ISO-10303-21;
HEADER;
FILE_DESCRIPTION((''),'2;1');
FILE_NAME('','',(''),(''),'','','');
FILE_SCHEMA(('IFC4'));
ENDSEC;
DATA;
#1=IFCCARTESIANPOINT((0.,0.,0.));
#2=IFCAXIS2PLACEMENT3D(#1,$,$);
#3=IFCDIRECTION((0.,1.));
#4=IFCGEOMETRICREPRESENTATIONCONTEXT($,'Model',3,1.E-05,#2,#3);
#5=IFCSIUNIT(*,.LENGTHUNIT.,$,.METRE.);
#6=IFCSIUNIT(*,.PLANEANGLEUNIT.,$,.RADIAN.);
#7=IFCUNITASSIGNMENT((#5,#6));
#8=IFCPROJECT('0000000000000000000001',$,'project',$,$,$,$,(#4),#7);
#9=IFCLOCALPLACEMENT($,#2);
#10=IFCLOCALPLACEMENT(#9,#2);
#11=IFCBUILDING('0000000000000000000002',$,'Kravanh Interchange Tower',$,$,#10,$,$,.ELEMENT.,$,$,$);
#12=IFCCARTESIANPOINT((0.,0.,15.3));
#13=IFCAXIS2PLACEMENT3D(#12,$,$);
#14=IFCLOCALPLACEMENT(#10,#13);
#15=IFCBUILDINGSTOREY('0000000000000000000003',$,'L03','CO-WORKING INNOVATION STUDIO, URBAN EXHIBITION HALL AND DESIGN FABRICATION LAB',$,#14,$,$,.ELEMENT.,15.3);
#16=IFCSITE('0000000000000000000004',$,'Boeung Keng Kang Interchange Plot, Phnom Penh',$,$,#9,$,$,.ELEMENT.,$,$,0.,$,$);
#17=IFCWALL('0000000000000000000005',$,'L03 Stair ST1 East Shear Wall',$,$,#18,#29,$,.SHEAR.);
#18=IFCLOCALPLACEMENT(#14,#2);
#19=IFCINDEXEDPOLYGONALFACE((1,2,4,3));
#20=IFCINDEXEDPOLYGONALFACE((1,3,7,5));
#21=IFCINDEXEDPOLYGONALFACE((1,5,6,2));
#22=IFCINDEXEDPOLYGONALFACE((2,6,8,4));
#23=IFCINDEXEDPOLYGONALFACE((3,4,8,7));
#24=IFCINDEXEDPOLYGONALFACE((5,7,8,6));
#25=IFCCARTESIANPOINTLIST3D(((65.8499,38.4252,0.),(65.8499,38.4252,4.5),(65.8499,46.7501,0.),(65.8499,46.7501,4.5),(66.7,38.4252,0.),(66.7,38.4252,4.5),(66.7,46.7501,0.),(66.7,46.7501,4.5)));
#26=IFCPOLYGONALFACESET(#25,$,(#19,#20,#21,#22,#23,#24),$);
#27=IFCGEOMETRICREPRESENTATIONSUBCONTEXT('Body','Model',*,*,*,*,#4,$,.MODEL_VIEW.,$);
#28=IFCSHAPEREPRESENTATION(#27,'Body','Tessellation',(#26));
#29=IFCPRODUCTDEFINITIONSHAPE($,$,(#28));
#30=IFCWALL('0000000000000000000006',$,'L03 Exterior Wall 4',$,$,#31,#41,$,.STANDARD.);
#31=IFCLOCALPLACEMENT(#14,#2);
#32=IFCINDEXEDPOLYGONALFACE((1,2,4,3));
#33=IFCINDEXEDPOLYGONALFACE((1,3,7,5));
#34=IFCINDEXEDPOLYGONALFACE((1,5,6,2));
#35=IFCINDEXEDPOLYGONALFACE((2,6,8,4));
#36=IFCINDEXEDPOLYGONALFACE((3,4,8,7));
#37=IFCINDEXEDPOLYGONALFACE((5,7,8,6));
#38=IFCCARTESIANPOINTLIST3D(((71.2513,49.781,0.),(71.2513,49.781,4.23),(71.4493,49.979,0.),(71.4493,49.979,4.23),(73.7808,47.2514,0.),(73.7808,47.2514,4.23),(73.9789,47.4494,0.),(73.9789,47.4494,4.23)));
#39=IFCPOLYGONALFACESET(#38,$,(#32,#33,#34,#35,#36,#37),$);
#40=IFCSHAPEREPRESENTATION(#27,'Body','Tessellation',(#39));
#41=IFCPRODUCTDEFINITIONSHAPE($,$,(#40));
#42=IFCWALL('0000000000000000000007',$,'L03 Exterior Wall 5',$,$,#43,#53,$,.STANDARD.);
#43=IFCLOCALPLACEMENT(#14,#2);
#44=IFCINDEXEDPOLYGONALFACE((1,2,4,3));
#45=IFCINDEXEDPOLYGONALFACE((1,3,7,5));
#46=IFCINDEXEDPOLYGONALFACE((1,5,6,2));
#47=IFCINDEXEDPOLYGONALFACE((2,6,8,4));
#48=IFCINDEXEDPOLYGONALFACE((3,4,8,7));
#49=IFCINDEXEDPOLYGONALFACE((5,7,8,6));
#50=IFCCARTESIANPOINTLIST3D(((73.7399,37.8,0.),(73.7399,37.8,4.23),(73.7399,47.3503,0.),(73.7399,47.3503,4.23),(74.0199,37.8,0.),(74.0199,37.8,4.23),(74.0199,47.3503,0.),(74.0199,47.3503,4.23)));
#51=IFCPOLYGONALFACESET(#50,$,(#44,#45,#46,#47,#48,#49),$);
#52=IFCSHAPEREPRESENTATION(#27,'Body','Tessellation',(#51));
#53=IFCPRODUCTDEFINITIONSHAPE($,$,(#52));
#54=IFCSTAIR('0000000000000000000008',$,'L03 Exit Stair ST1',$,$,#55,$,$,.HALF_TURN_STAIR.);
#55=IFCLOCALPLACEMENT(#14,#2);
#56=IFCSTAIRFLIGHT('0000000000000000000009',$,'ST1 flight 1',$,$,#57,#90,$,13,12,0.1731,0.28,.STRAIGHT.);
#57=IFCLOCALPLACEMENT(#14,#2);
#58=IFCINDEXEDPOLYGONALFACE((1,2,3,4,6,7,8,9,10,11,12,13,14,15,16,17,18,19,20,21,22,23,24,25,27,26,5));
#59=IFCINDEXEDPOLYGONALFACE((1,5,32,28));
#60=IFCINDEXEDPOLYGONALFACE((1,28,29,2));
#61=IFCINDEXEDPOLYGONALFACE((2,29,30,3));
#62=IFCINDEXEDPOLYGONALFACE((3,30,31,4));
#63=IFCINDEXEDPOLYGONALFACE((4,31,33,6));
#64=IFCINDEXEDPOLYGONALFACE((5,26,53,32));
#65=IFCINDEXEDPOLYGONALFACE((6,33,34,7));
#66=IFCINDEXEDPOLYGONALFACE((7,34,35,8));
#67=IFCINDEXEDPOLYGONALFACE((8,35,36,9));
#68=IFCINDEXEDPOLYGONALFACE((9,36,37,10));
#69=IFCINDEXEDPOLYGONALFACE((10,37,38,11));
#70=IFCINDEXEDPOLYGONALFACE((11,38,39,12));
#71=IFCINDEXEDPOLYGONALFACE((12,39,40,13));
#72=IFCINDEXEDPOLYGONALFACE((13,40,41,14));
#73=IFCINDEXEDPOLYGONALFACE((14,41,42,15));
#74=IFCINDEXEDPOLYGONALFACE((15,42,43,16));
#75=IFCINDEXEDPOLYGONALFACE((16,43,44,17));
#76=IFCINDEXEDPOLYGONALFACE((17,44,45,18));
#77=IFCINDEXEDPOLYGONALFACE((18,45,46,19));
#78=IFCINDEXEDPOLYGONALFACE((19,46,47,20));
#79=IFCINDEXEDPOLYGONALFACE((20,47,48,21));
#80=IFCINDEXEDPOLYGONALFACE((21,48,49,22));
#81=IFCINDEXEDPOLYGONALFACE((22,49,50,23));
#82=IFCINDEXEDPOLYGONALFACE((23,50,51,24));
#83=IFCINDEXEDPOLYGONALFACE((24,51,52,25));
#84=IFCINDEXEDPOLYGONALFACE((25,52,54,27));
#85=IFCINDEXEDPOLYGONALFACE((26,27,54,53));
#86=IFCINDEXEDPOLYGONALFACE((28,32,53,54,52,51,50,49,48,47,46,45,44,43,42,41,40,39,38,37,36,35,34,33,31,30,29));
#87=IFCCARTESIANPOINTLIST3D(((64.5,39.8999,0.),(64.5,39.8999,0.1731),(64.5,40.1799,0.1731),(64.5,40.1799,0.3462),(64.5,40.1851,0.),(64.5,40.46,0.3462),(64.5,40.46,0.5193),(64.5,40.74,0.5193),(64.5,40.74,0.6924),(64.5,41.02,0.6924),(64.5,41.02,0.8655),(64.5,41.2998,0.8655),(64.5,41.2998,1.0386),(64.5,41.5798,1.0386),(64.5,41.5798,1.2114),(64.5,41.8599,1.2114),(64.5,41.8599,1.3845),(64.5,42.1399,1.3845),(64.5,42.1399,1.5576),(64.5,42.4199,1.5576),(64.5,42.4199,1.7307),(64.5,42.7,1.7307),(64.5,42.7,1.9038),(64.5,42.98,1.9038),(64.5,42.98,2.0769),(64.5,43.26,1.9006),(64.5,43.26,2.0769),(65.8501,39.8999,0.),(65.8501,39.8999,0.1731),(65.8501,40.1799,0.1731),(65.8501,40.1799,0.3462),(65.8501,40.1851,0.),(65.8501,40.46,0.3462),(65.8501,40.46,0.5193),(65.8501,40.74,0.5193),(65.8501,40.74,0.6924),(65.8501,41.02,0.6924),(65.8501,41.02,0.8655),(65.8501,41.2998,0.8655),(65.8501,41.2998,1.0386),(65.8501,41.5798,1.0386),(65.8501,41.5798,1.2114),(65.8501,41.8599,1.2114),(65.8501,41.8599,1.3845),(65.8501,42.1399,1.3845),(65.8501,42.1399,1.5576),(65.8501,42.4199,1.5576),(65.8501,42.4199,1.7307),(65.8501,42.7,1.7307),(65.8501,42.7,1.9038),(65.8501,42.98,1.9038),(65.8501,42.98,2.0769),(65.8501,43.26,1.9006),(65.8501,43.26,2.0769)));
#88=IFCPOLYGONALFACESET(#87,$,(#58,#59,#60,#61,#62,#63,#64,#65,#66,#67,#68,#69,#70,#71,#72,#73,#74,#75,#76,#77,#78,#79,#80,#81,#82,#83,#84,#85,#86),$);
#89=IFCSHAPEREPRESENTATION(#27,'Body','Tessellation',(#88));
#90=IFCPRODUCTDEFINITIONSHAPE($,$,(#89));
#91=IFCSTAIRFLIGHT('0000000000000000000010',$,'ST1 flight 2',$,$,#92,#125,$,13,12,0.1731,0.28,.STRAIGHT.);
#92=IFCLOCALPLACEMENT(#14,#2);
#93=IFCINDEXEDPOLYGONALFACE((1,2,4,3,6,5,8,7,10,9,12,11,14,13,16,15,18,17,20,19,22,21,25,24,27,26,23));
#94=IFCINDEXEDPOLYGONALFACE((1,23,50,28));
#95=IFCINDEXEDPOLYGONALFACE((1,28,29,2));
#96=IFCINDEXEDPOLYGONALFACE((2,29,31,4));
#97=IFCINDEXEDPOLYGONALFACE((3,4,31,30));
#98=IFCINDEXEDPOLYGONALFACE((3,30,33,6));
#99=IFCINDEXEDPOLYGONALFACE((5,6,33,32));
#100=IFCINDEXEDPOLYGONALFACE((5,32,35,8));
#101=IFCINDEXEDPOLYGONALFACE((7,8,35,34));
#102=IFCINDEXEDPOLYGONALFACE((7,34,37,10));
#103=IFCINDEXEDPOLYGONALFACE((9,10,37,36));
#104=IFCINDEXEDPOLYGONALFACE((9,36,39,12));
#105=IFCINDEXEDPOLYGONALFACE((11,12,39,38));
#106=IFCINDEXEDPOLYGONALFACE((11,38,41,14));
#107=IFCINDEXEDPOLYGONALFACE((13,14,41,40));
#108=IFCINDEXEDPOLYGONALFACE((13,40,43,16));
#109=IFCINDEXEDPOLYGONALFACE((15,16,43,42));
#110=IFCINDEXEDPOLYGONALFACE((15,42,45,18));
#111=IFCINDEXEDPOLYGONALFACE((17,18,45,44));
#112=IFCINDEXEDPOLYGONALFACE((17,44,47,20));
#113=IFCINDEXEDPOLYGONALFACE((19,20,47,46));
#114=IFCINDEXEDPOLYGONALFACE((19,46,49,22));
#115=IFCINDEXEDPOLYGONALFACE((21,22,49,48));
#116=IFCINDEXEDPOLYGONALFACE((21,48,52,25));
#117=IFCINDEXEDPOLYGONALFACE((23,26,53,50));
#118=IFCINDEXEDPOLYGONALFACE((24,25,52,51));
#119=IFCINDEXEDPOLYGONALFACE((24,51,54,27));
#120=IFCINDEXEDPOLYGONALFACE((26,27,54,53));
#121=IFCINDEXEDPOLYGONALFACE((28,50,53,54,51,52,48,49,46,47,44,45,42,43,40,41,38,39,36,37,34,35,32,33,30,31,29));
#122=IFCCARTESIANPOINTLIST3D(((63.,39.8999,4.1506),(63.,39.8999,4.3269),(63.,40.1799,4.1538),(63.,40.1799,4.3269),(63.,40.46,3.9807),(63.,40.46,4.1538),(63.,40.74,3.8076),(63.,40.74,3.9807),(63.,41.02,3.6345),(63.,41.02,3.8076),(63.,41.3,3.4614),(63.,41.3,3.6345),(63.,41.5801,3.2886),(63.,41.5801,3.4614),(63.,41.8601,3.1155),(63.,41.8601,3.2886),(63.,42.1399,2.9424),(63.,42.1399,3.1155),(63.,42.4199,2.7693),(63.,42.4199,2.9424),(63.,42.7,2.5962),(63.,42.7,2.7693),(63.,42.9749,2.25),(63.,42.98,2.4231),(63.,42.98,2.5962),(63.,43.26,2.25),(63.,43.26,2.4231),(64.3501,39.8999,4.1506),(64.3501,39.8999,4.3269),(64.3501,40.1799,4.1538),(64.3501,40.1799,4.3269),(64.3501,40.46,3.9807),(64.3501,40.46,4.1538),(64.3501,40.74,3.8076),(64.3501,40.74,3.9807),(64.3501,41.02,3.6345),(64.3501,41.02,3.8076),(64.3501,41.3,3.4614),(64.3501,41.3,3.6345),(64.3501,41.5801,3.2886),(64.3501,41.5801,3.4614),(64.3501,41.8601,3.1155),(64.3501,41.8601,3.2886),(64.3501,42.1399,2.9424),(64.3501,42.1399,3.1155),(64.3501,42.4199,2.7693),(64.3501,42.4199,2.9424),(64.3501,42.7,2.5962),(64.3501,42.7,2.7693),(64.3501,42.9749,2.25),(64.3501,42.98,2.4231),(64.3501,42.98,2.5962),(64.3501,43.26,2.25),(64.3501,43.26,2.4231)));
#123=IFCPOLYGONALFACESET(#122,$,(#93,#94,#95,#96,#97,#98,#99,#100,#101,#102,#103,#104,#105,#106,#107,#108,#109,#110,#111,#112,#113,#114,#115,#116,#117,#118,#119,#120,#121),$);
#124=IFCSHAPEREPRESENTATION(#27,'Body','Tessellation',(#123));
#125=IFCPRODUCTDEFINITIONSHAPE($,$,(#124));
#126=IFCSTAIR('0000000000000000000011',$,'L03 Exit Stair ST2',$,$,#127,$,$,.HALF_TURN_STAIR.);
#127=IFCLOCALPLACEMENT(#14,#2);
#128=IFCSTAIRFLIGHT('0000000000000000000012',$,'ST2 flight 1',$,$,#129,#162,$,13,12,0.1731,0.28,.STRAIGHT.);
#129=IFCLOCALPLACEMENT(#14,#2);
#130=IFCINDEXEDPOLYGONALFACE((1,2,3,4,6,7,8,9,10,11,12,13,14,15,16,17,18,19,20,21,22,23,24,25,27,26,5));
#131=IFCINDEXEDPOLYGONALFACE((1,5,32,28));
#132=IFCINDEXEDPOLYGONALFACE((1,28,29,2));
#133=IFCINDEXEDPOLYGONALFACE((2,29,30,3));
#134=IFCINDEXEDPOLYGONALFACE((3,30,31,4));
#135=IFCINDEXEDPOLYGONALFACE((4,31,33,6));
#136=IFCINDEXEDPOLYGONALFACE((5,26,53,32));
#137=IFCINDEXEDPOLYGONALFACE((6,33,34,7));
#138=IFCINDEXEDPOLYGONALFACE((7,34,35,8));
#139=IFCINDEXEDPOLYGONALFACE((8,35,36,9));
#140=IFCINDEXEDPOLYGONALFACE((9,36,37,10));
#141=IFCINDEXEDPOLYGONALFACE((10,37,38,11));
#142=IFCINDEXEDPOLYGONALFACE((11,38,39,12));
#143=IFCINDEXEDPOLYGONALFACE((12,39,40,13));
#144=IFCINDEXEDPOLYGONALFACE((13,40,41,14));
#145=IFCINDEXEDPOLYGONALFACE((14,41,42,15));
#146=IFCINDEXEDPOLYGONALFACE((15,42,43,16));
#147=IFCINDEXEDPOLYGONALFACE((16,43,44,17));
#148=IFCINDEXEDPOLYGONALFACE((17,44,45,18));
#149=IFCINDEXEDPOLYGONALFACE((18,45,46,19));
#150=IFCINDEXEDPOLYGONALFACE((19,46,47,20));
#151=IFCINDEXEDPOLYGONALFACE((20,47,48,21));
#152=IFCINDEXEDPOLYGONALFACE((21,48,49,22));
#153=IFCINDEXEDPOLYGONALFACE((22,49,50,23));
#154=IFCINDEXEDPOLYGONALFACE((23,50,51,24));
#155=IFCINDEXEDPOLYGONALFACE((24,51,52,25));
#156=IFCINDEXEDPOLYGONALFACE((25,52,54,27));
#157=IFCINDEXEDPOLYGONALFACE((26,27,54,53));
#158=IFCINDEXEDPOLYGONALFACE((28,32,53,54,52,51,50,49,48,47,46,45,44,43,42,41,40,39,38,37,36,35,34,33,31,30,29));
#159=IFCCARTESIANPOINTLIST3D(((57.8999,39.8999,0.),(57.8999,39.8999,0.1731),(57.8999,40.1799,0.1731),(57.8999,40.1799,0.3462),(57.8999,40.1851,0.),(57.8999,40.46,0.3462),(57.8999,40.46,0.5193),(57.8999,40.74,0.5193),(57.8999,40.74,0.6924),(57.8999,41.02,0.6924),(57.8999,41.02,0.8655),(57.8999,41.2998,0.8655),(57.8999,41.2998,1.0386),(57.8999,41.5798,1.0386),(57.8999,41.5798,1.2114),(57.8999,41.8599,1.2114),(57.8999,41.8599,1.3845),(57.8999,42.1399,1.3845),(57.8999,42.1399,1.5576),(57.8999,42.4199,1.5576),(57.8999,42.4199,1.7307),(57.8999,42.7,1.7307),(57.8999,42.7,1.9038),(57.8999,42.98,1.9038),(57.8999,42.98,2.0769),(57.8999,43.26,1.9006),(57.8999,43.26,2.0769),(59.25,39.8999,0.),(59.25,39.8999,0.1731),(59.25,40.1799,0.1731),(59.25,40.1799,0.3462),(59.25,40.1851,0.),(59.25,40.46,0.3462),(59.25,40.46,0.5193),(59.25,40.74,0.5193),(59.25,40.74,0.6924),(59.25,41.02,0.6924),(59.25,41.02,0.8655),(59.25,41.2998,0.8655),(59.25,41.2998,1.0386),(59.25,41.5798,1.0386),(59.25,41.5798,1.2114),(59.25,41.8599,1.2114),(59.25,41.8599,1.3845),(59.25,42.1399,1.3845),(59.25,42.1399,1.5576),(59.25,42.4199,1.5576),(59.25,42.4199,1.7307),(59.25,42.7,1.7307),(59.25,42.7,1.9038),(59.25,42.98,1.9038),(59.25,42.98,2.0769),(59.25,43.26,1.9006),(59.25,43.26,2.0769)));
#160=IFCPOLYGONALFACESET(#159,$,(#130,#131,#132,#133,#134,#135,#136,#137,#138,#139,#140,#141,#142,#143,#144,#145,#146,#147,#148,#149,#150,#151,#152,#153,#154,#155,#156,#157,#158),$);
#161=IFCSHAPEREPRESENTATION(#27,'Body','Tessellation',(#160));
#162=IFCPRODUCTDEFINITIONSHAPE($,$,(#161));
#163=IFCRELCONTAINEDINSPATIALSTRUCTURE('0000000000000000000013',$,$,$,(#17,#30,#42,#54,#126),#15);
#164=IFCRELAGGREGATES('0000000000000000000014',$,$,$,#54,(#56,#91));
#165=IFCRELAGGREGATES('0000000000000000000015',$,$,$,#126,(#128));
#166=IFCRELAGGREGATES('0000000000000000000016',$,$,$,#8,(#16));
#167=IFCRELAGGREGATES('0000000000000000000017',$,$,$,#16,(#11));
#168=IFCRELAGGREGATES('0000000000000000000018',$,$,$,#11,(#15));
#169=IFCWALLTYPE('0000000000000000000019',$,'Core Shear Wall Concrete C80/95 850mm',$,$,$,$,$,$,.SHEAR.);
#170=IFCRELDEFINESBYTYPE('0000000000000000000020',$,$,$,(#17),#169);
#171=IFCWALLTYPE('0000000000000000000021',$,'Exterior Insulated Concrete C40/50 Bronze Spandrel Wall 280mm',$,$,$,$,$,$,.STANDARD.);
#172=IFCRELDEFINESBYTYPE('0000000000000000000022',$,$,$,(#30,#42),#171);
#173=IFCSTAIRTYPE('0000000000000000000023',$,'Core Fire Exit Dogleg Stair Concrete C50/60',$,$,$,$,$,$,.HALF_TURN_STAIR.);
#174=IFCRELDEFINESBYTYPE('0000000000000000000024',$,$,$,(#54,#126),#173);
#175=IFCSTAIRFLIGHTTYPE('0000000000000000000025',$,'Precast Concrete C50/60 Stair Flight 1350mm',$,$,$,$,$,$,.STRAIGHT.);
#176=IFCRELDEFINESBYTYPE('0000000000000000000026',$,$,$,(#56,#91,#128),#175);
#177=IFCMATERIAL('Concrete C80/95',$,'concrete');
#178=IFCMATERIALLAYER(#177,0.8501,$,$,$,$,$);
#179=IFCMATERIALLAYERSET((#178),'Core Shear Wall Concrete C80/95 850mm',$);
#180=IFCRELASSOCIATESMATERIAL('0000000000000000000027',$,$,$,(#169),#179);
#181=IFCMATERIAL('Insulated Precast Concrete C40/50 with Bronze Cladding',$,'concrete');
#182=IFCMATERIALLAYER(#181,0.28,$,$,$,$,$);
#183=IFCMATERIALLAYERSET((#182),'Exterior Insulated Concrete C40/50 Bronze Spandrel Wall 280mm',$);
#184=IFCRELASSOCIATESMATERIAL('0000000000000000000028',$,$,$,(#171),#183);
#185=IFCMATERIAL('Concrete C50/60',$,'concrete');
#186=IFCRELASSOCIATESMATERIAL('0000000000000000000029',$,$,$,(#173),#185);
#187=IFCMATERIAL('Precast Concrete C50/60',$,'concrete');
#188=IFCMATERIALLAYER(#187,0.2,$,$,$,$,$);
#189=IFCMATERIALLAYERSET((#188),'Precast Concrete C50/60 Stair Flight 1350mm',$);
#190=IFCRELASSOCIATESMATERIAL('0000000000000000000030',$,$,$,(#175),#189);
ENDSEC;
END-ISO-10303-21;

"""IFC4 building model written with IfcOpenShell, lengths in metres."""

from ifc_helpers import new_model, si_unit, direction, frame, frame_2d, origin, place, context, subcontext, project, spatial, polyline, rectangle, outline, extrude, material, layer, layer_set, type_object, element, aggregate, save


model = new_model("IFC4")

# Units and contexts
model_context = context("Model", 3, precision=1e-05, world=origin(), true_north=direction((0.0, 1.0)))
body_context = subcontext(model_context, "Body", "Model", "MODEL_VIEW")
ifc_project = project(units=[si_unit("LENGTHUNIT", "METRE"), si_unit("PLANEANGLEUNIT", "RADIAN")], contexts=[model_context])

# Site, building, storey
site_placement = place(None, origin())
site = spatial("IfcSite", under=ifc_project, at=site_placement, Name="Boeung Keng Kang Interchange Plot, Phnom Penh", CompositionType="ELEMENT", RefElevation=0.0)
building_placement = place(site_placement, origin())
building = spatial("IfcBuilding", under=site, at=building_placement, Name="Kravanh Interchange Tower", CompositionType="ELEMENT")
storey_placement = place(building_placement, frame((0.0, 0.0, 15.3)))
storey = spatial("IfcBuildingStorey", under=building, at=storey_placement, Name="L03", Description="CO-WORKING INNOVATION STUDIO, URBAN EXHIBITION HALL AND DESIGN FABRICATION LAB", CompositionType="ELEMENT", Elevation=15.3)

# Walls
ifc_material_1 = material(Name="Concrete C80/95", Category="concrete")
ifc_layer_1 = layer(ifc_material_1, 0.8501)
ifc_layer_set_1 = layer_set([ifc_layer_1], Name="Core Shear Wall Concrete C80/95 850mm")
wall_type_1 = type_object("IfcWallType", Name="Core Shear Wall Concrete C80/95 850mm", PredefinedType="SHEAR", material=ifc_layer_set_1)
wall_1_placement = place(storey_placement, frame((66.2749, 38.425, 0.0), z_axis=(0.0, 0.0, 1.0), x_axis=(0.0, 1.0, 0.0)))
element("IfcWall", 1, at=wall_1_placement, inside=storey, type_object=wall_type_1, Name="L03 Stair ST1 East Shear Wall", PredefinedType="SHEAR", context=body_context, shape_type="SweptSolid", body=[
    extrude(rectangle(XDim=8.325, YDim=0.8501, at=frame_2d((4.1626, 0.0))), origin(), (0.0, 0.0, 1.0), 4.5),
])
ifc_material_2 = material(Name="Insulated Precast Concrete C40/50 with Bronze Cladding", Category="concrete")
ifc_layer_2 = layer(ifc_material_2, 0.28)
ifc_layer_set_2 = layer_set([ifc_layer_2], Name="Exterior Insulated Concrete C40/50 Bronze Spandrel Wall 280mm")
wall_type_2 = type_object("IfcWallType", Name="Exterior Insulated Concrete C40/50 Bronze Spandrel Wall 280mm", PredefinedType="STANDARD", material=ifc_layer_set_2)
wall_2_placement = place(storey_placement, frame((71.3503, 49.8799, 0.0), z_axis=(0.0, 0.0, 1.0), x_axis=(0.707107, -0.707107, 0.0)))
element("IfcWall", 2, at=wall_2_placement, inside=storey, type_object=wall_type_2, Name="L03 Exterior Wall 4", PredefinedType="STANDARD", context=body_context, shape_type="SweptSolid", body=[
    extrude(rectangle(XDim=3.5774, YDim=0.28, at=frame_2d((1.7886, 0.0))), origin(), (0.0, 0.0, 1.0), 4.23),
])
wall_3_placement = place(storey_placement, frame((73.8799, 47.3503, 0.0), z_axis=(0.0, 0.0, 1.0), x_axis=(0.0, -1.0, 0.0)))
element("IfcWall", 3, at=wall_3_placement, inside=storey, type_object=wall_type_2, Name="L03 Exterior Wall 5", PredefinedType="STANDARD", context=body_context, shape_type="SweptSolid", body=[
    extrude(rectangle(XDim=9.5503, YDim=0.28, at=frame_2d((4.7751, 0.0))), origin(), (0.0, 0.0, 1.0), 4.23),
])

# Stairs, stair flights
ifc_material_3 = material(Name="Concrete C50/60", Category="concrete")
stair_type = type_object("IfcStairType", Name="Core Fire Exit Dogleg Stair Concrete C50/60", PredefinedType="HALF_TURN_STAIR", material=ifc_material_3)
stair_1_placement = place(storey_placement, origin())
stair_1 = element("IfcStair", 4, at=stair_1_placement, inside=storey, type_object=stair_type, Name="L03 Exit Stair ST1", PredefinedType="HALF_TURN_STAIR")
ifc_material_4 = material(Name="Precast Concrete C50/60", Category="concrete")
ifc_layer_3 = layer(ifc_material_4, 0.2)
ifc_layer_set_3 = layer_set([ifc_layer_3], Name="Precast Concrete C50/60 Stair Flight 1350mm")
stair_flight_type = type_object("IfcStairFlightType", Name="Precast Concrete C50/60 Stair Flight 1350mm", PredefinedType="STRAIGHT", material=ifc_layer_set_3)
stair_flight_1_placement = place(storey_placement, frame((65.175, 39.8999, 0.0), z_axis=(0.0, 0.0, 1.0), x_axis=(0.0, 1.0, 0.0)))
stair_flight_1 = element("IfcStairFlight", 5, at=stair_flight_1_placement, type_object=stair_flight_type, Name="ST1 flight 1", NumberOfRisers=13, NumberOfTreads=12, PredefinedType="STRAIGHT", RiserHeight=0.1731, TreadLength=0.28, context=body_context, shape_type="SweptSolid", body=[
    extrude(outline(polyline([(0.0, 0.0), (0.0, 0.1731), (0.28, 0.1731), (0.28, 0.3462), (0.5601, 0.3462), (0.5601, 0.5193), (0.8401, 0.5193), (0.8401, 0.6924), (1.1201, 0.6924), (1.1201, 0.8655), (1.3999, 0.8655), (1.3999, 1.0386), (1.6799, 1.0386), (1.6799, 1.2114), (1.96, 1.2114), (1.96, 1.3845), (2.24, 1.3845), (2.24, 1.5576), (2.52, 1.5576), (2.52, 1.7307), (2.8, 1.7307), (2.8, 1.9038), (3.0801, 1.9038), (3.0801, 2.0769), (3.3601, 2.0769), (3.3601, 2.25), (3.3601, 1.9006), (0.2852, 0.0), (0.0, 0.0)])), frame((0.0, 0.675, 0.0), z_axis=(0.0, -1.0, 0.0), x_axis=(1.0, 0.0, 0.0)), (0.0, 0.0, 1.0), 1.3501),
])
stair_flight_2_placement = place(storey_placement, frame((63.675, 43.26, 2.25), z_axis=(0.0, 0.0, 1.0), x_axis=(0.0, -1.0, 0.0)))
stair_flight_2 = element("IfcStairFlight", 6, at=stair_flight_2_placement, type_object=stair_flight_type, Name="ST1 flight 2", NumberOfRisers=13, NumberOfTreads=12, PredefinedType="STRAIGHT", RiserHeight=0.1731, TreadLength=0.28, context=body_context, shape_type="SweptSolid", body=[
    extrude(outline(polyline([(0.0, 0.0), (0.0, 0.1731), (0.28, 0.1731), (0.28, 0.3462), (0.5601, 0.3462), (0.5601, 0.5193), (0.8401, 0.5193), (0.8401, 0.6924), (1.1201, 0.6924), (1.1201, 0.8655), (1.3999, 0.8655), (1.3999, 1.0386), (1.6799, 1.0386), (1.6799, 1.2114), (1.96, 1.2114), (1.96, 1.3845), (2.24, 1.3845), (2.24, 1.5576), (2.52, 1.5576), (2.52, 1.7307), (2.8, 1.7307), (2.8, 1.9038), (3.0801, 1.9038), (3.0801, 2.0769), (3.3601, 2.0769), (3.3601, 2.25), (3.3601, 1.9006), (0.2852, 0.0), (0.0, 0.0)])), frame((0.0, 0.675, 0.0), z_axis=(0.0, -1.0, 0.0), x_axis=(1.0, 0.0, 0.0)), (0.0, 0.0, 1.0), 1.3501),
])
aggregate(stair_1, [stair_flight_1, stair_flight_2])
stair_2_placement = place(storey_placement, origin())
stair_2 = element("IfcStair", 7, at=stair_2_placement, inside=storey, type_object=stair_type, Name="L03 Exit Stair ST2", PredefinedType="HALF_TURN_STAIR")
stair_flight_3_placement = place(storey_placement, frame((58.575, 39.8999, 0.0), z_axis=(0.0, 0.0, 1.0), x_axis=(0.0, 1.0, 0.0)))
stair_flight_3 = element("IfcStairFlight", 8, at=stair_flight_3_placement, type_object=stair_flight_type, Name="ST2 flight 1", NumberOfRisers=13, NumberOfTreads=12, PredefinedType="STRAIGHT", RiserHeight=0.1731, TreadLength=0.28, context=body_context, shape_type="SweptSolid", body=[
    extrude(outline(polyline([(0.0, 0.0), (0.0, 0.1731), (0.28, 0.1731), (0.28, 0.3462), (0.5601, 0.3462), (0.5601, 0.5193), (0.8401, 0.5193), (0.8401, 0.6924), (1.1201, 0.6924), (1.1201, 0.8655), (1.3999, 0.8655), (1.3999, 1.0386), (1.6799, 1.0386), (1.6799, 1.2114), (1.96, 1.2114), (1.96, 1.3845), (2.24, 1.3845), (2.24, 1.5576), (2.52, 1.5576), (2.52, 1.7307), (2.8, 1.7307), (2.8, 1.9038), (3.0801, 1.9038), (3.0801, 2.0769), (3.3601, 2.0769), (3.3601, 2.25), (3.3601, 1.9006), (0.2852, 0.0), (0.0, 0.0)])), frame((0.0, 0.675, 0.0), z_axis=(0.0, -1.0, 0.0), x_axis=(1.0, 0.0, 0.0)), (0.0, 0.0, 1.0), 1.3501),
])
aggregate(stair_2, [stair_flight_3])

save(model, "model.ifc")
